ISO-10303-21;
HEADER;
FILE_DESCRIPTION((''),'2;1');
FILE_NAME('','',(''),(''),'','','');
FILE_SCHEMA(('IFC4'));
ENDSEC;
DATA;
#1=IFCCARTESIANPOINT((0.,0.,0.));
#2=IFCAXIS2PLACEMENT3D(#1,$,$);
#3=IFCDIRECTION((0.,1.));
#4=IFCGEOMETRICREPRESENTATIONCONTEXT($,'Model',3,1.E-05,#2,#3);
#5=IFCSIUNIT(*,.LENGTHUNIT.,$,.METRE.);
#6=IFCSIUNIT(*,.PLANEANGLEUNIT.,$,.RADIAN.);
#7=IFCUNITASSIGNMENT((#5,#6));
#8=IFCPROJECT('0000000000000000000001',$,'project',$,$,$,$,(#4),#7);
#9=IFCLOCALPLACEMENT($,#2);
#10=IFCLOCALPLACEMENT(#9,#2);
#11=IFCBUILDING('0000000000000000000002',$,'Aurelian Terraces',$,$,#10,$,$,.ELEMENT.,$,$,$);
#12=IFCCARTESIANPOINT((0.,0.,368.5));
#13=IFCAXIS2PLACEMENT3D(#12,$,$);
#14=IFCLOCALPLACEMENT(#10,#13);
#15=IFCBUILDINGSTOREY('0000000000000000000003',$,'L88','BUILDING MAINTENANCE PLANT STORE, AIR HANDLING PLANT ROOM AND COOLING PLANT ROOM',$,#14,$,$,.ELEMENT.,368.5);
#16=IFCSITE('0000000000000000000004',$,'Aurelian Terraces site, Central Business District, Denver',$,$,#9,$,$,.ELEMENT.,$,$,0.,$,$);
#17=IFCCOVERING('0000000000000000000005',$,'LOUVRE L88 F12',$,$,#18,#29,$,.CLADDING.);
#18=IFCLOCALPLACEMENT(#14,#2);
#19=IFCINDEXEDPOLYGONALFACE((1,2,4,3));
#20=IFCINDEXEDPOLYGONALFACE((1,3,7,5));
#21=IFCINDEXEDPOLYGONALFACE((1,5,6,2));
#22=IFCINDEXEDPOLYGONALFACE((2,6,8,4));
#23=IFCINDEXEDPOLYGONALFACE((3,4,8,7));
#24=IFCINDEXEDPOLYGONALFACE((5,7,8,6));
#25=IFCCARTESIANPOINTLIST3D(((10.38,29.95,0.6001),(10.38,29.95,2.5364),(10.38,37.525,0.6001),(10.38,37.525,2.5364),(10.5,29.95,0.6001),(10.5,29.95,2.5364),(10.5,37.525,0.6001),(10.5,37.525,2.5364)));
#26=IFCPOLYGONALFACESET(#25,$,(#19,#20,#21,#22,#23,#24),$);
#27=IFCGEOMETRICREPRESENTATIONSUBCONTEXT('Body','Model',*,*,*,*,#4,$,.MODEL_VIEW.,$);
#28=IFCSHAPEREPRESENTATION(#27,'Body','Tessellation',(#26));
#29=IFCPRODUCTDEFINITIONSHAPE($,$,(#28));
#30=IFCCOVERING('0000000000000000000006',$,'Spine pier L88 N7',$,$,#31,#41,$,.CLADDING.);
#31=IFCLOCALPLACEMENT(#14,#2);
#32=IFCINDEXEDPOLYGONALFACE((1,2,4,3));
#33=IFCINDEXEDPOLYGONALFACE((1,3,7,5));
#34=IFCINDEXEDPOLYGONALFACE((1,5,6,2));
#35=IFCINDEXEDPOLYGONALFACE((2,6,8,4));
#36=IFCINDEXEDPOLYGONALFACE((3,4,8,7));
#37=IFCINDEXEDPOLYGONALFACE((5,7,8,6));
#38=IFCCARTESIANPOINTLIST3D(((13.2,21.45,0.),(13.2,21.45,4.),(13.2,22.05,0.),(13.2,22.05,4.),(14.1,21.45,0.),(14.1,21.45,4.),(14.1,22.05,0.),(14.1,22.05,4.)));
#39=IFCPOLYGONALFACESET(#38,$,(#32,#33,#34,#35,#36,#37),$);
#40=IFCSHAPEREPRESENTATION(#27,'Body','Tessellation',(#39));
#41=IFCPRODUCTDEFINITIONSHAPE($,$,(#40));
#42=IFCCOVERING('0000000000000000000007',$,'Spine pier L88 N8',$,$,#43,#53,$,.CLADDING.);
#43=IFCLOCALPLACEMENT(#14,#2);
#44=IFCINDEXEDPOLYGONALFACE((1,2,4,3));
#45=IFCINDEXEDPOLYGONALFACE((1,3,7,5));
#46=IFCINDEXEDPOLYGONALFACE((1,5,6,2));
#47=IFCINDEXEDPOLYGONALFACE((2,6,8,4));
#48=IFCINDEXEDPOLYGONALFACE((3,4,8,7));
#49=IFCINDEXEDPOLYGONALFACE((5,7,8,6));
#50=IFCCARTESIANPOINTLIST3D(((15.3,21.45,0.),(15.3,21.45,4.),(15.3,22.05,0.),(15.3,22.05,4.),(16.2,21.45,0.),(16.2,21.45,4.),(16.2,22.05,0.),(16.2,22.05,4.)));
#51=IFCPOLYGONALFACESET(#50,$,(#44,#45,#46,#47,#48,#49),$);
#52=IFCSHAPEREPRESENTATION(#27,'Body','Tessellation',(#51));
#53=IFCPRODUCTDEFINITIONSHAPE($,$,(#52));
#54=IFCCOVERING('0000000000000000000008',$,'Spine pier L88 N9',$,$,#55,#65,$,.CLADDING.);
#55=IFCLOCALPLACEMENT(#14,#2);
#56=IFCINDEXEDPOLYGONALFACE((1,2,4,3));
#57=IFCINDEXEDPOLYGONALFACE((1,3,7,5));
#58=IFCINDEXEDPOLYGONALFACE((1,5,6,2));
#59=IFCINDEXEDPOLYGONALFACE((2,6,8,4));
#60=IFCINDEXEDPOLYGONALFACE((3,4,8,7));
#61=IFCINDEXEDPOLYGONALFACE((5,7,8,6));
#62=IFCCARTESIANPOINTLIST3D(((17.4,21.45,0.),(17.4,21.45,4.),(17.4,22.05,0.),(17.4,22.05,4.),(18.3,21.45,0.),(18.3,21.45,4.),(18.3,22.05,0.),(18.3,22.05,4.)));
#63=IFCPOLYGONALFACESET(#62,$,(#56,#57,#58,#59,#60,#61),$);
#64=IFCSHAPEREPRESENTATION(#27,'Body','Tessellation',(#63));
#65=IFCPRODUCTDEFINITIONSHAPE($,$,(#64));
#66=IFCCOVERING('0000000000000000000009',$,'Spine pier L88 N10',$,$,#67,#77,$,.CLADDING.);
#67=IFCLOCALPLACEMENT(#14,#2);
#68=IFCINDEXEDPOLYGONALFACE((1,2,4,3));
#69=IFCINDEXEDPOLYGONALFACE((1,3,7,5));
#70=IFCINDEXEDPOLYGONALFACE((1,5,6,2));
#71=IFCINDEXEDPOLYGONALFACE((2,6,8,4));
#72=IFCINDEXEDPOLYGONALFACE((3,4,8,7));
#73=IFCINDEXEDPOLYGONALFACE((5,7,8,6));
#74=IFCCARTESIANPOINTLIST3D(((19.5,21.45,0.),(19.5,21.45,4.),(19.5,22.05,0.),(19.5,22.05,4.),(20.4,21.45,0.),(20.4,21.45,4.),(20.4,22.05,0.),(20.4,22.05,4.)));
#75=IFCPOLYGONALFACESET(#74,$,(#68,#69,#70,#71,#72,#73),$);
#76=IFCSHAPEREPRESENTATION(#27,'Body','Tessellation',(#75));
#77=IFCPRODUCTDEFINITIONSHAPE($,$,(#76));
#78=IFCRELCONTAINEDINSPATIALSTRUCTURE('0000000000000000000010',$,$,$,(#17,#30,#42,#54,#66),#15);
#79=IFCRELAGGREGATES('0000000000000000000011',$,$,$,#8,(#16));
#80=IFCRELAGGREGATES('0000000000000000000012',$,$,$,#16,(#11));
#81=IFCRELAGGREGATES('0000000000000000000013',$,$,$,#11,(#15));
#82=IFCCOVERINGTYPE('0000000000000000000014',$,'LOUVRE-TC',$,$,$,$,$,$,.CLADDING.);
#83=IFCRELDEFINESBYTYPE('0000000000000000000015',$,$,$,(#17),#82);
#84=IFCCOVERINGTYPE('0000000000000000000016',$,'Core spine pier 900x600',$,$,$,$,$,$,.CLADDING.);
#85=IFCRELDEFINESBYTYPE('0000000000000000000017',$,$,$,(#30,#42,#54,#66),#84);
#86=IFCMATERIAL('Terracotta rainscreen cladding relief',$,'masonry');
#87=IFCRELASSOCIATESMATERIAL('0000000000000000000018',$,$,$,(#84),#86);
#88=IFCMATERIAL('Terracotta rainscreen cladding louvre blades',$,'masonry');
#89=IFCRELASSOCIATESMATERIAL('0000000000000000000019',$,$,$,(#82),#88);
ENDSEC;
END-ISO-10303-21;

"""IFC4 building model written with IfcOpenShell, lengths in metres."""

from ifc_helpers import new_model, si_unit, direction, frame, origin, origin_2d, place, context, subcontext, project, spatial, rectangle, extrude, source, transform, mapped, material, type_object, element, save


model = new_model("IFC4")

# Units and contexts
model_context = context("Model", 3, precision=1e-05, world=origin(), true_north=direction((0.0, 1.0)))
body_context = subcontext(model_context, "Body", "Model", "MODEL_VIEW")
ifc_project = project(units=[si_unit("LENGTHUNIT", "METRE"), si_unit("PLANEANGLEUNIT", "RADIAN")], contexts=[model_context])

# Site, building, storey
site_placement = place(None, origin())
site = spatial("IfcSite", under=ifc_project, at=site_placement, Name="Aurelian Terraces site, Central Business District, Denver", CompositionType="ELEMENT", RefElevation=0.0)
building_placement = place(site_placement, origin())
building = spatial("IfcBuilding", under=site, at=building_placement, Name="Aurelian Terraces", CompositionType="ELEMENT")
storey_placement = place(building_placement, frame((0.0, 0.0, 368.5)))
storey = spatial("IfcBuildingStorey", under=building, at=storey_placement, Name="L88", Description="BUILDING MAINTENANCE PLANT STORE, AIR HANDLING PLANT ROOM AND COOLING PLANT ROOM", CompositionType="ELEMENT", Elevation=368.5)

# Coverings
ifc_material_1 = material(Name="Terracotta rainscreen cladding relief", Category="masonry")
covering_type_1 = type_object("IfcCoveringType", Name="Core spine pier 900x600", PredefinedType="CLADDING", material=ifc_material_1)
ifc_material_2 = material(Name="Terracotta rainscreen cladding louvre blades", Category="masonry")
covering_type_2 = type_object("IfcCoveringType", Name="LOUVRE-TC", PredefinedType="CLADDING", material=ifc_material_2)
shared_shape_1 = source(origin(), body_context, "Body", "SweptSolid", [
    extrude(rectangle(XDim=0.12, YDim=7.575, at=origin_2d()), origin(), (0.0, 0.0, 1.0), 1.9363),
])
covering_1_placement = place(storey_placement, frame((10.44, 33.7375, 0.6001), z_axis=(0.0, 0.0, 1.0), x_axis=(1.0, 0.0, 0.0)))
element("IfcCovering", 1, at=covering_1_placement, inside=storey, type_object=covering_type_2, Name="LOUVRE L88 F12", PredefinedType="CLADDING", context=body_context, shape_type="MappedRepresentation", body=[
    mapped(shared_shape_1, transform((0.0, 0.0, 0.0), scale=1.0)),
])
shared_shape_2 = source(origin(), body_context, "Body", "SweptSolid", [
    extrude(rectangle(XDim=0.9, YDim=0.6, at=origin_2d()), origin(), (0.0, 0.0, 1.0), 4.0),
])
for number, where, z_axis, x_axis, name in (
    (2, (13.65, 21.75, 0.0), (0.0, 0.0, 1.0), (1.0, 0.0, 0.0), "Spine pier L88 N7"),
    (3, (15.75, 21.75, 0.0), (0.0, 0.0, 1.0), (1.0, 0.0, 0.0), "Spine pier L88 N8"),
    (4, (17.85, 21.75, 0.0), (0.0, 0.0, 1.0), (1.0, 0.0, 0.0), "Spine pier L88 N9"),
    (5, (19.95, 21.75, 0.0), (0.0, 0.0, 1.0), (1.0, 0.0, 0.0), "Spine pier L88 N10"),
):
    element("IfcCovering", number, at=place(storey_placement, frame(where, z_axis=z_axis, x_axis=x_axis)), inside=storey, type_object=covering_type_1, Name=name, PredefinedType="CLADDING", context=body_context, shape_type="MappedRepresentation", body=[
        mapped(shared_shape_2, transform((0.0, 0.0, 0.0), scale=1.0)),
    ])

save(model, "model.ifc")
